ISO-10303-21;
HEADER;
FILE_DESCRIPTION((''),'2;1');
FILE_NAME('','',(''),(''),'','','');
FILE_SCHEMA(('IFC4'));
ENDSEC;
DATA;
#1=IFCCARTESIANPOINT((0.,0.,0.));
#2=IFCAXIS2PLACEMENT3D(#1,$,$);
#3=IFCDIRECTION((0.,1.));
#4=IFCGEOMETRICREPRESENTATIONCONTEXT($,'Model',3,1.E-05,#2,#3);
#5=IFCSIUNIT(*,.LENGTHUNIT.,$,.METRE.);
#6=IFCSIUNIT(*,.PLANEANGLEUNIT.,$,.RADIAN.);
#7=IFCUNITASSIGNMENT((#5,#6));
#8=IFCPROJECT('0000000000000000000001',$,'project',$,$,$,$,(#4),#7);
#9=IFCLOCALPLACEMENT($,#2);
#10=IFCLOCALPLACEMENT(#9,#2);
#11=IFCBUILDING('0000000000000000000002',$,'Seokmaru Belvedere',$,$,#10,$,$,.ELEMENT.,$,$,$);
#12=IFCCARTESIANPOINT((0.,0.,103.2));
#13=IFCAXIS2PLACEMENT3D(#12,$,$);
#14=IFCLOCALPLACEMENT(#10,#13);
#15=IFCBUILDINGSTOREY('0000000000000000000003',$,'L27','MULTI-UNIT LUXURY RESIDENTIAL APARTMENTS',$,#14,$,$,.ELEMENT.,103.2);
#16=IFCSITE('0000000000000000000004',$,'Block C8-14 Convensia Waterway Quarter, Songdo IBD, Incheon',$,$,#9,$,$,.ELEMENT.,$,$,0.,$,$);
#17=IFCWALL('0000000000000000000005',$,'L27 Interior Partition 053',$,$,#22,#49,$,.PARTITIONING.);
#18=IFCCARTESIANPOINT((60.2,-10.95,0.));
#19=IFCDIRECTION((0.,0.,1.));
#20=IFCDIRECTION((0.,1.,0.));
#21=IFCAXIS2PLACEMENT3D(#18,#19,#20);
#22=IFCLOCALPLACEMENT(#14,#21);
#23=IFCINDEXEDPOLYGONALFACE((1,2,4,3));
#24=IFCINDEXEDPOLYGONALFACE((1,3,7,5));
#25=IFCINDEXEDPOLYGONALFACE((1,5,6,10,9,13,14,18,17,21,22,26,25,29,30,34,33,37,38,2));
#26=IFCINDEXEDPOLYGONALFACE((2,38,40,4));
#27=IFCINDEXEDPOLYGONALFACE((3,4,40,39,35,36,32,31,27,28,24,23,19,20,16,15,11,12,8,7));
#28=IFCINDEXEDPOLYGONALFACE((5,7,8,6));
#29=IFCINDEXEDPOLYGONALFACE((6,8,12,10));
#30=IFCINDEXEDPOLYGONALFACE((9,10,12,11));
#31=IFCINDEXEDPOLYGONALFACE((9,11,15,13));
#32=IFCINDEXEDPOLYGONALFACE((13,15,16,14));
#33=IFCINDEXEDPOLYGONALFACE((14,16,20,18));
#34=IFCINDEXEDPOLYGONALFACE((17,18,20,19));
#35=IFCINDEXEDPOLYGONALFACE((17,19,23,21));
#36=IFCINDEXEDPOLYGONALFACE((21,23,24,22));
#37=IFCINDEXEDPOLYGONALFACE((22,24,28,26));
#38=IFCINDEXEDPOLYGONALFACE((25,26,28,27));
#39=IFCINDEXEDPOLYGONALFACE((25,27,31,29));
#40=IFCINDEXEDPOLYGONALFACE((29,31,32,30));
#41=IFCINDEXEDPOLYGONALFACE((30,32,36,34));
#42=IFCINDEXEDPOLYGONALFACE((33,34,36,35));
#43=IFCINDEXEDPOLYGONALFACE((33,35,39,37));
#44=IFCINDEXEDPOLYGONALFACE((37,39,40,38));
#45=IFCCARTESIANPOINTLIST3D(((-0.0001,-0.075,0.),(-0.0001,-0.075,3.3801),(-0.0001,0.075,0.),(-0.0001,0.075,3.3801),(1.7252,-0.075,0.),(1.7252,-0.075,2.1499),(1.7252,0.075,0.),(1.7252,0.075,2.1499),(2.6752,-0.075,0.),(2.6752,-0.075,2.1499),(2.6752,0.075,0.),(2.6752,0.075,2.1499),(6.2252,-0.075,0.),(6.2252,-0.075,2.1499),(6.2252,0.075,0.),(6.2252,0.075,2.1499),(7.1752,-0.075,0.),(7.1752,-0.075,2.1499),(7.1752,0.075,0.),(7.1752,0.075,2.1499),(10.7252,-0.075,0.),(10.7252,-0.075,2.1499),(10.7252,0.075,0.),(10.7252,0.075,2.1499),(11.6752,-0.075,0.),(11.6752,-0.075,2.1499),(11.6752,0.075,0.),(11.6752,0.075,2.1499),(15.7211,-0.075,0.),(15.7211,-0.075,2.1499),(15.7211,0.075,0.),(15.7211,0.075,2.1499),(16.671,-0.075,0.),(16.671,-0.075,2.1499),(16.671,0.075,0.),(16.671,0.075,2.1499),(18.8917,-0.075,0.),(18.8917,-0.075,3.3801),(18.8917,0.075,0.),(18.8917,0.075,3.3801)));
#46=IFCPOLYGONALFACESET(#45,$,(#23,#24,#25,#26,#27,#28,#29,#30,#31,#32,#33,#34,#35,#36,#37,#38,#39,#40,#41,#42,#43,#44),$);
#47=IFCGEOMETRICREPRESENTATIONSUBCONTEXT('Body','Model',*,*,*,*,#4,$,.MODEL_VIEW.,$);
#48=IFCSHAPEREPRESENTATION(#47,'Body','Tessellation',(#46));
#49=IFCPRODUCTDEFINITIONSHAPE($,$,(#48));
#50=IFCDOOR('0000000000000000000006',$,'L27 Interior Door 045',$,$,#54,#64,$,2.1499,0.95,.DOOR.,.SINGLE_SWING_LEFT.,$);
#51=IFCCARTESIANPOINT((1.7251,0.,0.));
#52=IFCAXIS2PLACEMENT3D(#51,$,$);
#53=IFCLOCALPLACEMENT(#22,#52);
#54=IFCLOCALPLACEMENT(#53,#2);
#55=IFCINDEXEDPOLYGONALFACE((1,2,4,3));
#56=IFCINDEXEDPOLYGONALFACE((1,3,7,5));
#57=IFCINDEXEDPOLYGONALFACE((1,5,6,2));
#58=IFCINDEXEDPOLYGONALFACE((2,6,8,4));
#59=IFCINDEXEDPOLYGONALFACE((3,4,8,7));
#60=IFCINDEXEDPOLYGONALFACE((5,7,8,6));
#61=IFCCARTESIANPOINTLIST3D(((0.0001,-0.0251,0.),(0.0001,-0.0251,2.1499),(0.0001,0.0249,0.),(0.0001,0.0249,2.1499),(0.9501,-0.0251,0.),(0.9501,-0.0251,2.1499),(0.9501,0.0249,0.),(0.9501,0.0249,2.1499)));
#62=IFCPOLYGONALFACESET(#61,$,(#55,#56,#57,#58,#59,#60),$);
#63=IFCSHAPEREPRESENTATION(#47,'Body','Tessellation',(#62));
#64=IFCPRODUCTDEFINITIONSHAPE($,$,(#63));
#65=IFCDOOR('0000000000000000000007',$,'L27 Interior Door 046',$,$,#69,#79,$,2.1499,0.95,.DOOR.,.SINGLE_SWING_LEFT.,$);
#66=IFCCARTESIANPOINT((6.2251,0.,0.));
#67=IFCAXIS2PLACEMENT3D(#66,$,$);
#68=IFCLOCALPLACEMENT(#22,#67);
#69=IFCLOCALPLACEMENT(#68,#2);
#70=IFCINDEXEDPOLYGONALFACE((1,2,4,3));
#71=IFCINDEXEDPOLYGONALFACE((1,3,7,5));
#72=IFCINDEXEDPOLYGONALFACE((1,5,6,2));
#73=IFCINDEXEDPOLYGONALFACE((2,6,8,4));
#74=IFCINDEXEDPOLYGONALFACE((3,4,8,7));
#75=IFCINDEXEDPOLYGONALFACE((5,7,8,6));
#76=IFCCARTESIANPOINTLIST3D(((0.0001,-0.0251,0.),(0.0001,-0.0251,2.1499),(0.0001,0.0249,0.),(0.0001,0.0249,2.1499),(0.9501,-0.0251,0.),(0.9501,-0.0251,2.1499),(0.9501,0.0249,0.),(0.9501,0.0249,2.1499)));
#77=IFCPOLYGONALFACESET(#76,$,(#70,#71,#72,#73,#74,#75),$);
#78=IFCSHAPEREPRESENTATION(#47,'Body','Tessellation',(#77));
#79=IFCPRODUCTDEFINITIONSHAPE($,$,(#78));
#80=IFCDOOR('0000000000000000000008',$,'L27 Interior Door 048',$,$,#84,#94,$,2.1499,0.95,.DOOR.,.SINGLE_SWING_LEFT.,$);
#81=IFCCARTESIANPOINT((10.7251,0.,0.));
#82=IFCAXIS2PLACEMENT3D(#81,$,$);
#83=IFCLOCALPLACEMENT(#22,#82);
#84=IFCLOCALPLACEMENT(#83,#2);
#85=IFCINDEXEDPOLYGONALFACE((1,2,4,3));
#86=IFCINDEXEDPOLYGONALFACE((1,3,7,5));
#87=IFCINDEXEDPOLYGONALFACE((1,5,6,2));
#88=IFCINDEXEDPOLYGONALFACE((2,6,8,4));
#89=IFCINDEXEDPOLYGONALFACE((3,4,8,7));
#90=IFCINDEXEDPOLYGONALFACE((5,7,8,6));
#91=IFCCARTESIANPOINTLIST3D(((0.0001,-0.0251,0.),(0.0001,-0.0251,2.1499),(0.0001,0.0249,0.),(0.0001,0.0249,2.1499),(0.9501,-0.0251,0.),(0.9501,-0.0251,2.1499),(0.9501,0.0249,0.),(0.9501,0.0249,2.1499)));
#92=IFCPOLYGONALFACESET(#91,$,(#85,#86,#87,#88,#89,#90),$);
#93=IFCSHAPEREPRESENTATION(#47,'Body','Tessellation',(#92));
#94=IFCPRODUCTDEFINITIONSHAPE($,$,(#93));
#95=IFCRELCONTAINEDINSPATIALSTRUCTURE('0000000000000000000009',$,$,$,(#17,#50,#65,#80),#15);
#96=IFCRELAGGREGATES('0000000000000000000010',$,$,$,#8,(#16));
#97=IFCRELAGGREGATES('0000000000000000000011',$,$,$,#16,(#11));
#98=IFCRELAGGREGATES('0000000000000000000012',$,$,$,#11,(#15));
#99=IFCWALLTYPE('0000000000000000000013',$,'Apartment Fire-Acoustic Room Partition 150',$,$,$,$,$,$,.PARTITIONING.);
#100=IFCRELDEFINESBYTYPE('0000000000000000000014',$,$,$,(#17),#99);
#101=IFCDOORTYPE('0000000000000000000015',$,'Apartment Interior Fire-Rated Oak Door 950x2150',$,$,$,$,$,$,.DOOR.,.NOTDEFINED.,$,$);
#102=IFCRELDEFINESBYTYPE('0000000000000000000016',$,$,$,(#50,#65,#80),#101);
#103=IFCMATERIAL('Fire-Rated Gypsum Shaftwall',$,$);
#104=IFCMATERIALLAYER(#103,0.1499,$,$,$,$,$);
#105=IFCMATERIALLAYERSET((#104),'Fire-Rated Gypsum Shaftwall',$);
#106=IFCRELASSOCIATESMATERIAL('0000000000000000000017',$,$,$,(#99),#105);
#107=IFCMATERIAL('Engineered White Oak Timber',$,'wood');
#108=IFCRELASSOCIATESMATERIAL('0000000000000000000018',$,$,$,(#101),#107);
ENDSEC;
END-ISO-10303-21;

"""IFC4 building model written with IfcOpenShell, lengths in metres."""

from ifc_helpers import new_model, si_unit, direction, frame, frame_2d, origin, place, context, subcontext, project, spatial, rectangle, extrude, source, transform, mapped, material, layer, layer_set, type_object, type_shapes, element, fill, save


model = new_model("IFC4")

# Units and contexts
model_context = context("Model", 3, precision=1e-05, world=origin(), true_north=direction((0.0, 1.0)))
body_context = subcontext(model_context, "Body", "Model", "MODEL_VIEW")
ifc_project = project(units=[si_unit("LENGTHUNIT", "METRE"), si_unit("PLANEANGLEUNIT", "RADIAN")], contexts=[model_context])

# Site, building, storey
site_placement = place(None, origin())
site = spatial("IfcSite", under=ifc_project, at=site_placement, Name="Block C8-14 Convensia Waterway Quarter, Songdo IBD, Incheon", CompositionType="ELEMENT", RefElevation=0.0)
building_placement = place(site_placement, origin())
building = spatial("IfcBuilding", under=site, at=building_placement, Name="Seokmaru Belvedere", CompositionType="ELEMENT")
storey_placement = place(building_placement, frame((0.0, 0.0, 103.2)))
storey = spatial("IfcBuildingStorey", under=building, at=storey_placement, Name="L27", Description="MULTI-UNIT LUXURY RESIDENTIAL APARTMENTS", CompositionType="ELEMENT", Elevation=103.2)

# Wall, openings, doors
ifc_material_1 = material(Name="Fire-Rated Gypsum Shaftwall")
ifc_layer_1 = layer(ifc_material_1, 0.1499)
ifc_layer_set_1 = layer_set([ifc_layer_1], Name="Fire-Rated Gypsum Shaftwall")
wall_type = type_object("IfcWallType", Name="Apartment Fire-Acoustic Room Partition 150", PredefinedType="PARTITIONING", material=ifc_layer_set_1)
ifc_material_2 = material(Name="Engineered White Oak Timber", Category="wood")
door_type = type_object("IfcDoorType", Name="Apartment Interior Fire-Rated Oak Door 950x2150", OperationType="NOTDEFINED", PredefinedType="DOOR", material=ifc_material_2)
shared_shape_1 = source(origin(), body_context, "Body", "SweptSolid", [
    extrude(rectangle(XDim=0.95, YDim=2.1499, at=frame_2d((0.4751, 1.075))), frame((0.0, 0.0249, 0.0), z_axis=(0.0, -1.0, 0.0), x_axis=(1.0, 0.0, 0.0)), (0.0, 0.0, 1.0), 0.05),
])
type_shapes(door_type, [shared_shape_1])
wall_1_placement = place(storey_placement, frame((60.2, -10.95, 0.0), z_axis=(0.0, 0.0, 1.0), x_axis=(0.0, 1.0, 0.0)))
wall_1 = element("IfcWall", 1, at=wall_1_placement, inside=storey, type_object=wall_type, Name="L27 Interior Partition 053", PredefinedType="PARTITIONING", context=body_context, shape_type="SweptSolid", body=[
    extrude(rectangle(XDim=18.8918, YDim=0.1499, at=frame_2d((9.4458, 0.0))), origin(), (0.0, 0.0, 1.0), 3.3801),
])
opening_1_placement = place(wall_1_placement, frame((1.7251, 0.0, 0.0)))
opening_1 = element("IfcOpeningElement", 2, at=opening_1_placement, cuts=wall_1, PredefinedType="OPENING", context=body_context, shape_type="SweptSolid", body=[
    extrude(rectangle(XDim=0.95, YDim=2.1499, at=frame_2d((0.4751, 1.075))), frame((0.0, 0.085, 0.0), z_axis=(0.0, -1.0, 0.0), x_axis=(1.0, 0.0, 0.0)), (0.0, 0.0, 1.0), 0.1699),
])
opening_2_placement = place(wall_1_placement, frame((6.2251, 0.0, 0.0)))
opening_2 = element("IfcOpeningElement", 3, at=opening_2_placement, cuts=wall_1, PredefinedType="OPENING", context=body_context, shape_type="SweptSolid", body=[
    extrude(rectangle(XDim=0.95, YDim=2.1499, at=frame_2d((0.4751, 1.075))), frame((0.0, 0.085, 0.0), z_axis=(0.0, -1.0, 0.0), x_axis=(1.0, 0.0, 0.0)), (0.0, 0.0, 1.0), 0.1699),
])
opening_3_placement = place(wall_1_placement, frame((10.7251, 0.0, 0.0)))
opening_3 = element("IfcOpeningElement", 4, at=opening_3_placement, cuts=wall_1, PredefinedType="OPENING", context=body_context, shape_type="SweptSolid", body=[
    extrude(rectangle(XDim=0.95, YDim=2.1499, at=frame_2d((0.4751, 1.075))), frame((0.0, 0.085, 0.0), z_axis=(0.0, -1.0, 0.0), x_axis=(1.0, 0.0, 0.0)), (0.0, 0.0, 1.0), 0.1699),
])
opening_4_placement = place(wall_1_placement, frame((15.7209, 0.0, 0.0)))
element("IfcOpeningElement", 5, at=opening_4_placement, cuts=wall_1, PredefinedType="OPENING", context=body_context, shape_type="SweptSolid", body=[
    extrude(rectangle(XDim=0.95, YDim=2.1499, at=frame_2d((0.4751, 1.075))), frame((0.0, 0.085, 0.0), z_axis=(0.0, -1.0, 0.0), x_axis=(1.0, 0.0, 0.0)), (0.0, 0.0, 1.0), 0.1699),
])
door_1_placement = place(opening_1_placement, origin())
door_1 = element("IfcDoor", 6, at=door_1_placement, inside=storey, type_object=door_type, Name="L27 Interior Door 045", OperationType="SINGLE_SWING_LEFT", OverallHeight=2.1499, OverallWidth=0.95, PredefinedType="DOOR", context=body_context, shape_type="MappedRepresentation", body=[
    mapped(shared_shape_1, transform((0.0, 0.0, 0.0), scale=1.0)),
])
fill(opening_1, door_1)
door_2_placement = place(opening_2_placement, origin())
door_2 = element("IfcDoor", 7, at=door_2_placement, inside=storey, type_object=door_type, Name="L27 Interior Door 046", OperationType="SINGLE_SWING_LEFT", OverallHeight=2.1499, OverallWidth=0.95, PredefinedType="DOOR", context=body_context, shape_type="MappedRepresentation", body=[
    mapped(shared_shape_1, transform((0.0, 0.0, 0.0), scale=1.0)),
])
fill(opening_2, door_2)
door_3_placement = place(opening_3_placement, origin())
door_3 = element("IfcDoor", 8, at=door_3_placement, inside=storey, type_object=door_type, Name="L27 Interior Door 048", OperationType="SINGLE_SWING_LEFT", OverallHeight=2.1499, OverallWidth=0.95, PredefinedType="DOOR", context=body_context, shape_type="MappedRepresentation", body=[
    mapped(shared_shape_1, transform((0.0, 0.0, 0.0), scale=1.0)),
])
fill(opening_3, door_3)

save(model, "model.ifc")
